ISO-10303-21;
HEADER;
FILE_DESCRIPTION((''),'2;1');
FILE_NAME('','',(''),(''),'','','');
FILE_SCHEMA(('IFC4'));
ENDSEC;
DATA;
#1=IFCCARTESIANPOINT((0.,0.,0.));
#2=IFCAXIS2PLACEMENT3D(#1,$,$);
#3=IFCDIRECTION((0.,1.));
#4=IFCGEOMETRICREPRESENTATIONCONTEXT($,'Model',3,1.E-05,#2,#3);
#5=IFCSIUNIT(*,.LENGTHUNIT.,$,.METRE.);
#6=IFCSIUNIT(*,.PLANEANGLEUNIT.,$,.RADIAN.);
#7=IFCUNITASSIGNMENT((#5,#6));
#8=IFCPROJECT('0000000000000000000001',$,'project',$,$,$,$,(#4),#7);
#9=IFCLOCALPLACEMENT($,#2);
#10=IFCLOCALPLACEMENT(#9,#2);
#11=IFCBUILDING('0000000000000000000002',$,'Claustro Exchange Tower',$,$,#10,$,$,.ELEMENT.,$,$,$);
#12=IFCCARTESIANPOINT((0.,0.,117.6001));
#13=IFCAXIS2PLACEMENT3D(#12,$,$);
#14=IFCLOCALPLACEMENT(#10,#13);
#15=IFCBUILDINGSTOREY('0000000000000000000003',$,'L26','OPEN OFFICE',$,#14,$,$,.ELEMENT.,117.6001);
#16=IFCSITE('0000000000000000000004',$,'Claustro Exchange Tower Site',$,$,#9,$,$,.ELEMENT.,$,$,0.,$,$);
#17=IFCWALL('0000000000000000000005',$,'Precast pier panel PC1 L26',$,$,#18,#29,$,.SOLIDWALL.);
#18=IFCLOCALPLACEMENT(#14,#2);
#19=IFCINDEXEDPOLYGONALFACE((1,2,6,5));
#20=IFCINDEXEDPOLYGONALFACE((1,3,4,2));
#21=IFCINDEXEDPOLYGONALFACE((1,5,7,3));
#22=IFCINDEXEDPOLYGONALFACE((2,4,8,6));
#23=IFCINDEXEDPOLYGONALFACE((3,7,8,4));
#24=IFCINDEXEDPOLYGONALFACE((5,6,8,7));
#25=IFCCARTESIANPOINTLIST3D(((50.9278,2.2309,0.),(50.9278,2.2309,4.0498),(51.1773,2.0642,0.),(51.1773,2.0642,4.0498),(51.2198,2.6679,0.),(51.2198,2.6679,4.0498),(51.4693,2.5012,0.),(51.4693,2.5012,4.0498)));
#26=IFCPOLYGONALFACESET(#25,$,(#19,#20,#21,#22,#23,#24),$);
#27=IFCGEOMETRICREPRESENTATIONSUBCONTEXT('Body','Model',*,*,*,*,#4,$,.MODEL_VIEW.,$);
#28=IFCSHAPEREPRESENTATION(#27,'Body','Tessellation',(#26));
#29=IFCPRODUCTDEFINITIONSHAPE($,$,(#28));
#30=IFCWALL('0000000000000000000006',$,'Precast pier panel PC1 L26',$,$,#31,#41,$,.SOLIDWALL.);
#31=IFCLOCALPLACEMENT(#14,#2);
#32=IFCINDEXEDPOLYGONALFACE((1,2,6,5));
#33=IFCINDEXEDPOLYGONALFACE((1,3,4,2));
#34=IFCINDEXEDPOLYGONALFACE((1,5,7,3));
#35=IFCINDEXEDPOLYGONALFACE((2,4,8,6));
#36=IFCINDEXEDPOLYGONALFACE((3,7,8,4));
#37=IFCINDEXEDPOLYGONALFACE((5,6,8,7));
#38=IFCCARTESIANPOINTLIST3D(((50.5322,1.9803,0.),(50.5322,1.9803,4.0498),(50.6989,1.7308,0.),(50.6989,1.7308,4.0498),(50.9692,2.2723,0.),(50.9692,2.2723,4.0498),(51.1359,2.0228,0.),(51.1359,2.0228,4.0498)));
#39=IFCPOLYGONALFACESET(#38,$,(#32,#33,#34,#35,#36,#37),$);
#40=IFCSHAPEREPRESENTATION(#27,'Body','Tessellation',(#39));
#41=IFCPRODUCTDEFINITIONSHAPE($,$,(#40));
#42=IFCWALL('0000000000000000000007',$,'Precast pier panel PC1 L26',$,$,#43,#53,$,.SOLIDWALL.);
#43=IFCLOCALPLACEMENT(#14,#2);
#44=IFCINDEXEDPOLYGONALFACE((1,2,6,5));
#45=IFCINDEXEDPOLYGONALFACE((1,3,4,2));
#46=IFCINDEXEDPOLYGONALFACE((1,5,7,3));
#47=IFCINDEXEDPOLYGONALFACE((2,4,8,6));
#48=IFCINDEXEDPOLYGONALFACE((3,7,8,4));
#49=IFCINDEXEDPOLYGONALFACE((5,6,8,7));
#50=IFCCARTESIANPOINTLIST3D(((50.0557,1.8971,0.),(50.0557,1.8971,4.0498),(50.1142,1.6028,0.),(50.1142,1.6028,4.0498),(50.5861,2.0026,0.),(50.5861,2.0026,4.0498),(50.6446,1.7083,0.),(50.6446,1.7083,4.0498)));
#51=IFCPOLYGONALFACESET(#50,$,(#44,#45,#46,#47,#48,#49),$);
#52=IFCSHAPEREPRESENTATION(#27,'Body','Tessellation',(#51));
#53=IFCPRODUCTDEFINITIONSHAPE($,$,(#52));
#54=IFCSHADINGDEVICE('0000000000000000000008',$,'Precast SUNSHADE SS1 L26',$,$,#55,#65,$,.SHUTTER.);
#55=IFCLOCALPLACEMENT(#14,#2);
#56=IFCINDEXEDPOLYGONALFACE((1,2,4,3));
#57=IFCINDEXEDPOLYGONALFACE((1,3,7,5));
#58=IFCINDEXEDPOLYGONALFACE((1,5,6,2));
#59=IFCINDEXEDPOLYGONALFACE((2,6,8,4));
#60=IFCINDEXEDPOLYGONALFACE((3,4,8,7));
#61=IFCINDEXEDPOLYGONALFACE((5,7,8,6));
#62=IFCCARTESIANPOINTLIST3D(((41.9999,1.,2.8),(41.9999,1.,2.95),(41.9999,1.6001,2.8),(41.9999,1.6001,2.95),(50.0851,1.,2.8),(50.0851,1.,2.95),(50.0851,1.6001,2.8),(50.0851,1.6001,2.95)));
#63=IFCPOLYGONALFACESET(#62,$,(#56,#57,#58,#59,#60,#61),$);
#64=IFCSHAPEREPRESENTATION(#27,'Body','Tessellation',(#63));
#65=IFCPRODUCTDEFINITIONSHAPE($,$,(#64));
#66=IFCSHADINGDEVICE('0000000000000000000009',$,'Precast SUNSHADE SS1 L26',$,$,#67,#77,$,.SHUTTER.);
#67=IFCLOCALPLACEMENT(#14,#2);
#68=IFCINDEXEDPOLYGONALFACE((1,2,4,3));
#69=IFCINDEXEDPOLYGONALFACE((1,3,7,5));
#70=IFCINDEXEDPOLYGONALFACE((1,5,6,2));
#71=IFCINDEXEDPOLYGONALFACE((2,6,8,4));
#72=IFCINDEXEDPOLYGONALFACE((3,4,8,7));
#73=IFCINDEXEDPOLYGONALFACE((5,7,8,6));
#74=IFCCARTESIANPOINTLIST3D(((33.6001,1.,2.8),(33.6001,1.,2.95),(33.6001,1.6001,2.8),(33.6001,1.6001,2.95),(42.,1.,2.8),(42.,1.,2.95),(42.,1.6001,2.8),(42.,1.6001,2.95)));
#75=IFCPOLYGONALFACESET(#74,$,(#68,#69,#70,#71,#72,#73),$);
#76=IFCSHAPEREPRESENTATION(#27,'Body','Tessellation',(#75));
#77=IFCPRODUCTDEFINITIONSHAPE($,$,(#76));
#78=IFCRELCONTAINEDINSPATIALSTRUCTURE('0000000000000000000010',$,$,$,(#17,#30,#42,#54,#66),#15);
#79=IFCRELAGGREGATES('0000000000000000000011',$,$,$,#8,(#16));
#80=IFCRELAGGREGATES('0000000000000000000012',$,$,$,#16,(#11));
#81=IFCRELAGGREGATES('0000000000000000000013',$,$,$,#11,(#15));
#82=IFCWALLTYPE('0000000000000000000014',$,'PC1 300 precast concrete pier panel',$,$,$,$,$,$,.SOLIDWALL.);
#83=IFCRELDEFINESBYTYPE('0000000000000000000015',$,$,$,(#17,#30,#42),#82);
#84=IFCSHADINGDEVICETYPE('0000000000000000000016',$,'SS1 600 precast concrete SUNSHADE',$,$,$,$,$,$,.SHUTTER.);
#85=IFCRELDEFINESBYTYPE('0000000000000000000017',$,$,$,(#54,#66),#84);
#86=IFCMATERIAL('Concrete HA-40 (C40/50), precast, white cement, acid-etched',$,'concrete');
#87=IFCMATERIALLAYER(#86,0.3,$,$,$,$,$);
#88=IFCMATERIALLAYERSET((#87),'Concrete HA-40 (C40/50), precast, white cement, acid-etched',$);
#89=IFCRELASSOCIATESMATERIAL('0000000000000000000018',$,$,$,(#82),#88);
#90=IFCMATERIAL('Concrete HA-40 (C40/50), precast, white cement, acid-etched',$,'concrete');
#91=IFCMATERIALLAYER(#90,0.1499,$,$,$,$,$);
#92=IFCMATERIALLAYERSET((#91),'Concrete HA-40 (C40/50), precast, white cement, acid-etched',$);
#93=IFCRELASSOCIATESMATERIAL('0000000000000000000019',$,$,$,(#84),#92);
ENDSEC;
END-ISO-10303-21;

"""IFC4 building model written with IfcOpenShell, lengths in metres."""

from ifc_helpers import new_model, si_unit, direction, frame, frame_2d, origin, origin_2d, place, context, subcontext, project, spatial, rectangle, extrude, material, layer, layer_set, type_object, element, save


model = new_model("IFC4")

# Units and contexts
model_context = context("Model", 3, precision=1e-05, world=origin(), true_north=direction((0.0, 1.0)))
body_context = subcontext(model_context, "Body", "Model", "MODEL_VIEW")
ifc_project = project(units=[si_unit("LENGTHUNIT", "METRE"), si_unit("PLANEANGLEUNIT", "RADIAN")], contexts=[model_context])

# Site, building, storey
site_placement = place(None, origin())
site = spatial("IfcSite", under=ifc_project, at=site_placement, Name="Claustro Exchange Tower Site", CompositionType="ELEMENT", RefElevation=0.0)
building_placement = place(site_placement, origin())
building = spatial("IfcBuilding", under=site, at=building_placement, Name="Claustro Exchange Tower", CompositionType="ELEMENT")
storey_placement = place(building_placement, frame((0.0, 0.0, 117.6001)))
storey = spatial("IfcBuildingStorey", under=building, at=storey_placement, Name="L26", Description="OPEN OFFICE", CompositionType="ELEMENT", Elevation=117.6001)

# Shared definitions
ifc_material_1 = material(Name="Concrete HA-40 (C40/50), precast, white cement, acid-etched", Category="concrete")
ifc_layer_1 = layer(ifc_material_1, 0.3)
ifc_layer_set_1 = layer_set([ifc_layer_1], Name="Concrete HA-40 (C40/50), precast, white cement, acid-etched")
wall_type_1 = type_object("IfcWallType", Name="PC1 300 precast concrete pier panel", PredefinedType="SOLIDWALL", material=ifc_layer_set_1)

# Walls
for number, where, z_axis, x_axis, name in (
    (1, (51.3445, 2.5845, 0.0), (0.0, 0.0, 1.0), (-0.555557, -0.831478, 0.0), "Precast pier panel PC1 L26"),
    (2, (51.0525, 2.1475, 0.0), (0.0, 0.0, 1.0), (-0.831478, -0.555557, 0.0), "Precast pier panel PC1 L26"),
):
    element("IfcWall", number, at=place(storey_placement, frame(where, z_axis=z_axis, x_axis=x_axis)), inside=storey, type_object=wall_type_1, Name=name, PredefinedType="SOLIDWALL", context=body_context, shape_type="SweptSolid", body=[
        extrude(rectangle(XDim=0.5256, YDim=0.3, at=frame_2d((0.2627, 0.0))), origin(), (0.0, 0.0, 1.0), 4.0498),
    ])
wall_1_placement = place(storey_placement, frame((50.6155, 1.8555, 0.0), z_axis=(0.0, 0.0, 1.0), x_axis=(-0.980789, -0.195074, 0.0)))
element("IfcWall", 3, at=wall_1_placement, inside=storey, type_object=wall_type_1, Name="Precast pier panel PC1 L26", PredefinedType="SOLIDWALL", context=body_context, shape_type="SweptSolid", body=[
    extrude(rectangle(XDim=0.5408, YDim=0.3, at=frame_2d((0.2705, 0.0))), origin(), (0.0, 0.0, 1.0), 4.0498),
])

# Shading devices
ifc_material_2 = material(Name="Concrete HA-40 (C40/50), precast, white cement, acid-etched", Category="concrete")
ifc_layer_2 = layer(ifc_material_2, 0.1499)
ifc_layer_set_2 = layer_set([ifc_layer_2], Name="Concrete HA-40 (C40/50), precast, white cement, acid-etched")
shading_device_type = type_object("IfcShadingDeviceType", Name="SS1 600 precast concrete SUNSHADE", PredefinedType="SHUTTER", material=ifc_layer_set_2)
shading_device_1_placement = place(storey_placement, frame((46.0425, 1.3, 2.8), z_axis=(0.0, 0.0, 1.0), x_axis=(-1.0, 0.0, 0.0)))
element("IfcShadingDevice", 4, at=shading_device_1_placement, inside=storey, type_object=shading_device_type, Name="Precast SUNSHADE SS1 L26", PredefinedType="SHUTTER", context=body_context, shape_type="SweptSolid", body=[
    extrude(rectangle(XDim=8.0852, YDim=0.6001, at=origin_2d()), origin(), (0.0, 0.0, 1.0), 0.1499),
])
shading_device_2_placement = place(storey_placement, frame((37.8, 1.3, 2.8), z_axis=(0.0, 0.0, 1.0), x_axis=(-1.0, 0.0, 0.0)))
element("IfcShadingDevice", 5, at=shading_device_2_placement, inside=storey, type_object=shading_device_type, Name="Precast SUNSHADE SS1 L26", PredefinedType="SHUTTER", context=body_context, shape_type="SweptSolid", body=[
    extrude(rectangle(XDim=8.3999, YDim=0.6001, at=origin_2d()), origin(), (0.0, 0.0, 1.0), 0.1499),
])

save(model, "model.ifc")
